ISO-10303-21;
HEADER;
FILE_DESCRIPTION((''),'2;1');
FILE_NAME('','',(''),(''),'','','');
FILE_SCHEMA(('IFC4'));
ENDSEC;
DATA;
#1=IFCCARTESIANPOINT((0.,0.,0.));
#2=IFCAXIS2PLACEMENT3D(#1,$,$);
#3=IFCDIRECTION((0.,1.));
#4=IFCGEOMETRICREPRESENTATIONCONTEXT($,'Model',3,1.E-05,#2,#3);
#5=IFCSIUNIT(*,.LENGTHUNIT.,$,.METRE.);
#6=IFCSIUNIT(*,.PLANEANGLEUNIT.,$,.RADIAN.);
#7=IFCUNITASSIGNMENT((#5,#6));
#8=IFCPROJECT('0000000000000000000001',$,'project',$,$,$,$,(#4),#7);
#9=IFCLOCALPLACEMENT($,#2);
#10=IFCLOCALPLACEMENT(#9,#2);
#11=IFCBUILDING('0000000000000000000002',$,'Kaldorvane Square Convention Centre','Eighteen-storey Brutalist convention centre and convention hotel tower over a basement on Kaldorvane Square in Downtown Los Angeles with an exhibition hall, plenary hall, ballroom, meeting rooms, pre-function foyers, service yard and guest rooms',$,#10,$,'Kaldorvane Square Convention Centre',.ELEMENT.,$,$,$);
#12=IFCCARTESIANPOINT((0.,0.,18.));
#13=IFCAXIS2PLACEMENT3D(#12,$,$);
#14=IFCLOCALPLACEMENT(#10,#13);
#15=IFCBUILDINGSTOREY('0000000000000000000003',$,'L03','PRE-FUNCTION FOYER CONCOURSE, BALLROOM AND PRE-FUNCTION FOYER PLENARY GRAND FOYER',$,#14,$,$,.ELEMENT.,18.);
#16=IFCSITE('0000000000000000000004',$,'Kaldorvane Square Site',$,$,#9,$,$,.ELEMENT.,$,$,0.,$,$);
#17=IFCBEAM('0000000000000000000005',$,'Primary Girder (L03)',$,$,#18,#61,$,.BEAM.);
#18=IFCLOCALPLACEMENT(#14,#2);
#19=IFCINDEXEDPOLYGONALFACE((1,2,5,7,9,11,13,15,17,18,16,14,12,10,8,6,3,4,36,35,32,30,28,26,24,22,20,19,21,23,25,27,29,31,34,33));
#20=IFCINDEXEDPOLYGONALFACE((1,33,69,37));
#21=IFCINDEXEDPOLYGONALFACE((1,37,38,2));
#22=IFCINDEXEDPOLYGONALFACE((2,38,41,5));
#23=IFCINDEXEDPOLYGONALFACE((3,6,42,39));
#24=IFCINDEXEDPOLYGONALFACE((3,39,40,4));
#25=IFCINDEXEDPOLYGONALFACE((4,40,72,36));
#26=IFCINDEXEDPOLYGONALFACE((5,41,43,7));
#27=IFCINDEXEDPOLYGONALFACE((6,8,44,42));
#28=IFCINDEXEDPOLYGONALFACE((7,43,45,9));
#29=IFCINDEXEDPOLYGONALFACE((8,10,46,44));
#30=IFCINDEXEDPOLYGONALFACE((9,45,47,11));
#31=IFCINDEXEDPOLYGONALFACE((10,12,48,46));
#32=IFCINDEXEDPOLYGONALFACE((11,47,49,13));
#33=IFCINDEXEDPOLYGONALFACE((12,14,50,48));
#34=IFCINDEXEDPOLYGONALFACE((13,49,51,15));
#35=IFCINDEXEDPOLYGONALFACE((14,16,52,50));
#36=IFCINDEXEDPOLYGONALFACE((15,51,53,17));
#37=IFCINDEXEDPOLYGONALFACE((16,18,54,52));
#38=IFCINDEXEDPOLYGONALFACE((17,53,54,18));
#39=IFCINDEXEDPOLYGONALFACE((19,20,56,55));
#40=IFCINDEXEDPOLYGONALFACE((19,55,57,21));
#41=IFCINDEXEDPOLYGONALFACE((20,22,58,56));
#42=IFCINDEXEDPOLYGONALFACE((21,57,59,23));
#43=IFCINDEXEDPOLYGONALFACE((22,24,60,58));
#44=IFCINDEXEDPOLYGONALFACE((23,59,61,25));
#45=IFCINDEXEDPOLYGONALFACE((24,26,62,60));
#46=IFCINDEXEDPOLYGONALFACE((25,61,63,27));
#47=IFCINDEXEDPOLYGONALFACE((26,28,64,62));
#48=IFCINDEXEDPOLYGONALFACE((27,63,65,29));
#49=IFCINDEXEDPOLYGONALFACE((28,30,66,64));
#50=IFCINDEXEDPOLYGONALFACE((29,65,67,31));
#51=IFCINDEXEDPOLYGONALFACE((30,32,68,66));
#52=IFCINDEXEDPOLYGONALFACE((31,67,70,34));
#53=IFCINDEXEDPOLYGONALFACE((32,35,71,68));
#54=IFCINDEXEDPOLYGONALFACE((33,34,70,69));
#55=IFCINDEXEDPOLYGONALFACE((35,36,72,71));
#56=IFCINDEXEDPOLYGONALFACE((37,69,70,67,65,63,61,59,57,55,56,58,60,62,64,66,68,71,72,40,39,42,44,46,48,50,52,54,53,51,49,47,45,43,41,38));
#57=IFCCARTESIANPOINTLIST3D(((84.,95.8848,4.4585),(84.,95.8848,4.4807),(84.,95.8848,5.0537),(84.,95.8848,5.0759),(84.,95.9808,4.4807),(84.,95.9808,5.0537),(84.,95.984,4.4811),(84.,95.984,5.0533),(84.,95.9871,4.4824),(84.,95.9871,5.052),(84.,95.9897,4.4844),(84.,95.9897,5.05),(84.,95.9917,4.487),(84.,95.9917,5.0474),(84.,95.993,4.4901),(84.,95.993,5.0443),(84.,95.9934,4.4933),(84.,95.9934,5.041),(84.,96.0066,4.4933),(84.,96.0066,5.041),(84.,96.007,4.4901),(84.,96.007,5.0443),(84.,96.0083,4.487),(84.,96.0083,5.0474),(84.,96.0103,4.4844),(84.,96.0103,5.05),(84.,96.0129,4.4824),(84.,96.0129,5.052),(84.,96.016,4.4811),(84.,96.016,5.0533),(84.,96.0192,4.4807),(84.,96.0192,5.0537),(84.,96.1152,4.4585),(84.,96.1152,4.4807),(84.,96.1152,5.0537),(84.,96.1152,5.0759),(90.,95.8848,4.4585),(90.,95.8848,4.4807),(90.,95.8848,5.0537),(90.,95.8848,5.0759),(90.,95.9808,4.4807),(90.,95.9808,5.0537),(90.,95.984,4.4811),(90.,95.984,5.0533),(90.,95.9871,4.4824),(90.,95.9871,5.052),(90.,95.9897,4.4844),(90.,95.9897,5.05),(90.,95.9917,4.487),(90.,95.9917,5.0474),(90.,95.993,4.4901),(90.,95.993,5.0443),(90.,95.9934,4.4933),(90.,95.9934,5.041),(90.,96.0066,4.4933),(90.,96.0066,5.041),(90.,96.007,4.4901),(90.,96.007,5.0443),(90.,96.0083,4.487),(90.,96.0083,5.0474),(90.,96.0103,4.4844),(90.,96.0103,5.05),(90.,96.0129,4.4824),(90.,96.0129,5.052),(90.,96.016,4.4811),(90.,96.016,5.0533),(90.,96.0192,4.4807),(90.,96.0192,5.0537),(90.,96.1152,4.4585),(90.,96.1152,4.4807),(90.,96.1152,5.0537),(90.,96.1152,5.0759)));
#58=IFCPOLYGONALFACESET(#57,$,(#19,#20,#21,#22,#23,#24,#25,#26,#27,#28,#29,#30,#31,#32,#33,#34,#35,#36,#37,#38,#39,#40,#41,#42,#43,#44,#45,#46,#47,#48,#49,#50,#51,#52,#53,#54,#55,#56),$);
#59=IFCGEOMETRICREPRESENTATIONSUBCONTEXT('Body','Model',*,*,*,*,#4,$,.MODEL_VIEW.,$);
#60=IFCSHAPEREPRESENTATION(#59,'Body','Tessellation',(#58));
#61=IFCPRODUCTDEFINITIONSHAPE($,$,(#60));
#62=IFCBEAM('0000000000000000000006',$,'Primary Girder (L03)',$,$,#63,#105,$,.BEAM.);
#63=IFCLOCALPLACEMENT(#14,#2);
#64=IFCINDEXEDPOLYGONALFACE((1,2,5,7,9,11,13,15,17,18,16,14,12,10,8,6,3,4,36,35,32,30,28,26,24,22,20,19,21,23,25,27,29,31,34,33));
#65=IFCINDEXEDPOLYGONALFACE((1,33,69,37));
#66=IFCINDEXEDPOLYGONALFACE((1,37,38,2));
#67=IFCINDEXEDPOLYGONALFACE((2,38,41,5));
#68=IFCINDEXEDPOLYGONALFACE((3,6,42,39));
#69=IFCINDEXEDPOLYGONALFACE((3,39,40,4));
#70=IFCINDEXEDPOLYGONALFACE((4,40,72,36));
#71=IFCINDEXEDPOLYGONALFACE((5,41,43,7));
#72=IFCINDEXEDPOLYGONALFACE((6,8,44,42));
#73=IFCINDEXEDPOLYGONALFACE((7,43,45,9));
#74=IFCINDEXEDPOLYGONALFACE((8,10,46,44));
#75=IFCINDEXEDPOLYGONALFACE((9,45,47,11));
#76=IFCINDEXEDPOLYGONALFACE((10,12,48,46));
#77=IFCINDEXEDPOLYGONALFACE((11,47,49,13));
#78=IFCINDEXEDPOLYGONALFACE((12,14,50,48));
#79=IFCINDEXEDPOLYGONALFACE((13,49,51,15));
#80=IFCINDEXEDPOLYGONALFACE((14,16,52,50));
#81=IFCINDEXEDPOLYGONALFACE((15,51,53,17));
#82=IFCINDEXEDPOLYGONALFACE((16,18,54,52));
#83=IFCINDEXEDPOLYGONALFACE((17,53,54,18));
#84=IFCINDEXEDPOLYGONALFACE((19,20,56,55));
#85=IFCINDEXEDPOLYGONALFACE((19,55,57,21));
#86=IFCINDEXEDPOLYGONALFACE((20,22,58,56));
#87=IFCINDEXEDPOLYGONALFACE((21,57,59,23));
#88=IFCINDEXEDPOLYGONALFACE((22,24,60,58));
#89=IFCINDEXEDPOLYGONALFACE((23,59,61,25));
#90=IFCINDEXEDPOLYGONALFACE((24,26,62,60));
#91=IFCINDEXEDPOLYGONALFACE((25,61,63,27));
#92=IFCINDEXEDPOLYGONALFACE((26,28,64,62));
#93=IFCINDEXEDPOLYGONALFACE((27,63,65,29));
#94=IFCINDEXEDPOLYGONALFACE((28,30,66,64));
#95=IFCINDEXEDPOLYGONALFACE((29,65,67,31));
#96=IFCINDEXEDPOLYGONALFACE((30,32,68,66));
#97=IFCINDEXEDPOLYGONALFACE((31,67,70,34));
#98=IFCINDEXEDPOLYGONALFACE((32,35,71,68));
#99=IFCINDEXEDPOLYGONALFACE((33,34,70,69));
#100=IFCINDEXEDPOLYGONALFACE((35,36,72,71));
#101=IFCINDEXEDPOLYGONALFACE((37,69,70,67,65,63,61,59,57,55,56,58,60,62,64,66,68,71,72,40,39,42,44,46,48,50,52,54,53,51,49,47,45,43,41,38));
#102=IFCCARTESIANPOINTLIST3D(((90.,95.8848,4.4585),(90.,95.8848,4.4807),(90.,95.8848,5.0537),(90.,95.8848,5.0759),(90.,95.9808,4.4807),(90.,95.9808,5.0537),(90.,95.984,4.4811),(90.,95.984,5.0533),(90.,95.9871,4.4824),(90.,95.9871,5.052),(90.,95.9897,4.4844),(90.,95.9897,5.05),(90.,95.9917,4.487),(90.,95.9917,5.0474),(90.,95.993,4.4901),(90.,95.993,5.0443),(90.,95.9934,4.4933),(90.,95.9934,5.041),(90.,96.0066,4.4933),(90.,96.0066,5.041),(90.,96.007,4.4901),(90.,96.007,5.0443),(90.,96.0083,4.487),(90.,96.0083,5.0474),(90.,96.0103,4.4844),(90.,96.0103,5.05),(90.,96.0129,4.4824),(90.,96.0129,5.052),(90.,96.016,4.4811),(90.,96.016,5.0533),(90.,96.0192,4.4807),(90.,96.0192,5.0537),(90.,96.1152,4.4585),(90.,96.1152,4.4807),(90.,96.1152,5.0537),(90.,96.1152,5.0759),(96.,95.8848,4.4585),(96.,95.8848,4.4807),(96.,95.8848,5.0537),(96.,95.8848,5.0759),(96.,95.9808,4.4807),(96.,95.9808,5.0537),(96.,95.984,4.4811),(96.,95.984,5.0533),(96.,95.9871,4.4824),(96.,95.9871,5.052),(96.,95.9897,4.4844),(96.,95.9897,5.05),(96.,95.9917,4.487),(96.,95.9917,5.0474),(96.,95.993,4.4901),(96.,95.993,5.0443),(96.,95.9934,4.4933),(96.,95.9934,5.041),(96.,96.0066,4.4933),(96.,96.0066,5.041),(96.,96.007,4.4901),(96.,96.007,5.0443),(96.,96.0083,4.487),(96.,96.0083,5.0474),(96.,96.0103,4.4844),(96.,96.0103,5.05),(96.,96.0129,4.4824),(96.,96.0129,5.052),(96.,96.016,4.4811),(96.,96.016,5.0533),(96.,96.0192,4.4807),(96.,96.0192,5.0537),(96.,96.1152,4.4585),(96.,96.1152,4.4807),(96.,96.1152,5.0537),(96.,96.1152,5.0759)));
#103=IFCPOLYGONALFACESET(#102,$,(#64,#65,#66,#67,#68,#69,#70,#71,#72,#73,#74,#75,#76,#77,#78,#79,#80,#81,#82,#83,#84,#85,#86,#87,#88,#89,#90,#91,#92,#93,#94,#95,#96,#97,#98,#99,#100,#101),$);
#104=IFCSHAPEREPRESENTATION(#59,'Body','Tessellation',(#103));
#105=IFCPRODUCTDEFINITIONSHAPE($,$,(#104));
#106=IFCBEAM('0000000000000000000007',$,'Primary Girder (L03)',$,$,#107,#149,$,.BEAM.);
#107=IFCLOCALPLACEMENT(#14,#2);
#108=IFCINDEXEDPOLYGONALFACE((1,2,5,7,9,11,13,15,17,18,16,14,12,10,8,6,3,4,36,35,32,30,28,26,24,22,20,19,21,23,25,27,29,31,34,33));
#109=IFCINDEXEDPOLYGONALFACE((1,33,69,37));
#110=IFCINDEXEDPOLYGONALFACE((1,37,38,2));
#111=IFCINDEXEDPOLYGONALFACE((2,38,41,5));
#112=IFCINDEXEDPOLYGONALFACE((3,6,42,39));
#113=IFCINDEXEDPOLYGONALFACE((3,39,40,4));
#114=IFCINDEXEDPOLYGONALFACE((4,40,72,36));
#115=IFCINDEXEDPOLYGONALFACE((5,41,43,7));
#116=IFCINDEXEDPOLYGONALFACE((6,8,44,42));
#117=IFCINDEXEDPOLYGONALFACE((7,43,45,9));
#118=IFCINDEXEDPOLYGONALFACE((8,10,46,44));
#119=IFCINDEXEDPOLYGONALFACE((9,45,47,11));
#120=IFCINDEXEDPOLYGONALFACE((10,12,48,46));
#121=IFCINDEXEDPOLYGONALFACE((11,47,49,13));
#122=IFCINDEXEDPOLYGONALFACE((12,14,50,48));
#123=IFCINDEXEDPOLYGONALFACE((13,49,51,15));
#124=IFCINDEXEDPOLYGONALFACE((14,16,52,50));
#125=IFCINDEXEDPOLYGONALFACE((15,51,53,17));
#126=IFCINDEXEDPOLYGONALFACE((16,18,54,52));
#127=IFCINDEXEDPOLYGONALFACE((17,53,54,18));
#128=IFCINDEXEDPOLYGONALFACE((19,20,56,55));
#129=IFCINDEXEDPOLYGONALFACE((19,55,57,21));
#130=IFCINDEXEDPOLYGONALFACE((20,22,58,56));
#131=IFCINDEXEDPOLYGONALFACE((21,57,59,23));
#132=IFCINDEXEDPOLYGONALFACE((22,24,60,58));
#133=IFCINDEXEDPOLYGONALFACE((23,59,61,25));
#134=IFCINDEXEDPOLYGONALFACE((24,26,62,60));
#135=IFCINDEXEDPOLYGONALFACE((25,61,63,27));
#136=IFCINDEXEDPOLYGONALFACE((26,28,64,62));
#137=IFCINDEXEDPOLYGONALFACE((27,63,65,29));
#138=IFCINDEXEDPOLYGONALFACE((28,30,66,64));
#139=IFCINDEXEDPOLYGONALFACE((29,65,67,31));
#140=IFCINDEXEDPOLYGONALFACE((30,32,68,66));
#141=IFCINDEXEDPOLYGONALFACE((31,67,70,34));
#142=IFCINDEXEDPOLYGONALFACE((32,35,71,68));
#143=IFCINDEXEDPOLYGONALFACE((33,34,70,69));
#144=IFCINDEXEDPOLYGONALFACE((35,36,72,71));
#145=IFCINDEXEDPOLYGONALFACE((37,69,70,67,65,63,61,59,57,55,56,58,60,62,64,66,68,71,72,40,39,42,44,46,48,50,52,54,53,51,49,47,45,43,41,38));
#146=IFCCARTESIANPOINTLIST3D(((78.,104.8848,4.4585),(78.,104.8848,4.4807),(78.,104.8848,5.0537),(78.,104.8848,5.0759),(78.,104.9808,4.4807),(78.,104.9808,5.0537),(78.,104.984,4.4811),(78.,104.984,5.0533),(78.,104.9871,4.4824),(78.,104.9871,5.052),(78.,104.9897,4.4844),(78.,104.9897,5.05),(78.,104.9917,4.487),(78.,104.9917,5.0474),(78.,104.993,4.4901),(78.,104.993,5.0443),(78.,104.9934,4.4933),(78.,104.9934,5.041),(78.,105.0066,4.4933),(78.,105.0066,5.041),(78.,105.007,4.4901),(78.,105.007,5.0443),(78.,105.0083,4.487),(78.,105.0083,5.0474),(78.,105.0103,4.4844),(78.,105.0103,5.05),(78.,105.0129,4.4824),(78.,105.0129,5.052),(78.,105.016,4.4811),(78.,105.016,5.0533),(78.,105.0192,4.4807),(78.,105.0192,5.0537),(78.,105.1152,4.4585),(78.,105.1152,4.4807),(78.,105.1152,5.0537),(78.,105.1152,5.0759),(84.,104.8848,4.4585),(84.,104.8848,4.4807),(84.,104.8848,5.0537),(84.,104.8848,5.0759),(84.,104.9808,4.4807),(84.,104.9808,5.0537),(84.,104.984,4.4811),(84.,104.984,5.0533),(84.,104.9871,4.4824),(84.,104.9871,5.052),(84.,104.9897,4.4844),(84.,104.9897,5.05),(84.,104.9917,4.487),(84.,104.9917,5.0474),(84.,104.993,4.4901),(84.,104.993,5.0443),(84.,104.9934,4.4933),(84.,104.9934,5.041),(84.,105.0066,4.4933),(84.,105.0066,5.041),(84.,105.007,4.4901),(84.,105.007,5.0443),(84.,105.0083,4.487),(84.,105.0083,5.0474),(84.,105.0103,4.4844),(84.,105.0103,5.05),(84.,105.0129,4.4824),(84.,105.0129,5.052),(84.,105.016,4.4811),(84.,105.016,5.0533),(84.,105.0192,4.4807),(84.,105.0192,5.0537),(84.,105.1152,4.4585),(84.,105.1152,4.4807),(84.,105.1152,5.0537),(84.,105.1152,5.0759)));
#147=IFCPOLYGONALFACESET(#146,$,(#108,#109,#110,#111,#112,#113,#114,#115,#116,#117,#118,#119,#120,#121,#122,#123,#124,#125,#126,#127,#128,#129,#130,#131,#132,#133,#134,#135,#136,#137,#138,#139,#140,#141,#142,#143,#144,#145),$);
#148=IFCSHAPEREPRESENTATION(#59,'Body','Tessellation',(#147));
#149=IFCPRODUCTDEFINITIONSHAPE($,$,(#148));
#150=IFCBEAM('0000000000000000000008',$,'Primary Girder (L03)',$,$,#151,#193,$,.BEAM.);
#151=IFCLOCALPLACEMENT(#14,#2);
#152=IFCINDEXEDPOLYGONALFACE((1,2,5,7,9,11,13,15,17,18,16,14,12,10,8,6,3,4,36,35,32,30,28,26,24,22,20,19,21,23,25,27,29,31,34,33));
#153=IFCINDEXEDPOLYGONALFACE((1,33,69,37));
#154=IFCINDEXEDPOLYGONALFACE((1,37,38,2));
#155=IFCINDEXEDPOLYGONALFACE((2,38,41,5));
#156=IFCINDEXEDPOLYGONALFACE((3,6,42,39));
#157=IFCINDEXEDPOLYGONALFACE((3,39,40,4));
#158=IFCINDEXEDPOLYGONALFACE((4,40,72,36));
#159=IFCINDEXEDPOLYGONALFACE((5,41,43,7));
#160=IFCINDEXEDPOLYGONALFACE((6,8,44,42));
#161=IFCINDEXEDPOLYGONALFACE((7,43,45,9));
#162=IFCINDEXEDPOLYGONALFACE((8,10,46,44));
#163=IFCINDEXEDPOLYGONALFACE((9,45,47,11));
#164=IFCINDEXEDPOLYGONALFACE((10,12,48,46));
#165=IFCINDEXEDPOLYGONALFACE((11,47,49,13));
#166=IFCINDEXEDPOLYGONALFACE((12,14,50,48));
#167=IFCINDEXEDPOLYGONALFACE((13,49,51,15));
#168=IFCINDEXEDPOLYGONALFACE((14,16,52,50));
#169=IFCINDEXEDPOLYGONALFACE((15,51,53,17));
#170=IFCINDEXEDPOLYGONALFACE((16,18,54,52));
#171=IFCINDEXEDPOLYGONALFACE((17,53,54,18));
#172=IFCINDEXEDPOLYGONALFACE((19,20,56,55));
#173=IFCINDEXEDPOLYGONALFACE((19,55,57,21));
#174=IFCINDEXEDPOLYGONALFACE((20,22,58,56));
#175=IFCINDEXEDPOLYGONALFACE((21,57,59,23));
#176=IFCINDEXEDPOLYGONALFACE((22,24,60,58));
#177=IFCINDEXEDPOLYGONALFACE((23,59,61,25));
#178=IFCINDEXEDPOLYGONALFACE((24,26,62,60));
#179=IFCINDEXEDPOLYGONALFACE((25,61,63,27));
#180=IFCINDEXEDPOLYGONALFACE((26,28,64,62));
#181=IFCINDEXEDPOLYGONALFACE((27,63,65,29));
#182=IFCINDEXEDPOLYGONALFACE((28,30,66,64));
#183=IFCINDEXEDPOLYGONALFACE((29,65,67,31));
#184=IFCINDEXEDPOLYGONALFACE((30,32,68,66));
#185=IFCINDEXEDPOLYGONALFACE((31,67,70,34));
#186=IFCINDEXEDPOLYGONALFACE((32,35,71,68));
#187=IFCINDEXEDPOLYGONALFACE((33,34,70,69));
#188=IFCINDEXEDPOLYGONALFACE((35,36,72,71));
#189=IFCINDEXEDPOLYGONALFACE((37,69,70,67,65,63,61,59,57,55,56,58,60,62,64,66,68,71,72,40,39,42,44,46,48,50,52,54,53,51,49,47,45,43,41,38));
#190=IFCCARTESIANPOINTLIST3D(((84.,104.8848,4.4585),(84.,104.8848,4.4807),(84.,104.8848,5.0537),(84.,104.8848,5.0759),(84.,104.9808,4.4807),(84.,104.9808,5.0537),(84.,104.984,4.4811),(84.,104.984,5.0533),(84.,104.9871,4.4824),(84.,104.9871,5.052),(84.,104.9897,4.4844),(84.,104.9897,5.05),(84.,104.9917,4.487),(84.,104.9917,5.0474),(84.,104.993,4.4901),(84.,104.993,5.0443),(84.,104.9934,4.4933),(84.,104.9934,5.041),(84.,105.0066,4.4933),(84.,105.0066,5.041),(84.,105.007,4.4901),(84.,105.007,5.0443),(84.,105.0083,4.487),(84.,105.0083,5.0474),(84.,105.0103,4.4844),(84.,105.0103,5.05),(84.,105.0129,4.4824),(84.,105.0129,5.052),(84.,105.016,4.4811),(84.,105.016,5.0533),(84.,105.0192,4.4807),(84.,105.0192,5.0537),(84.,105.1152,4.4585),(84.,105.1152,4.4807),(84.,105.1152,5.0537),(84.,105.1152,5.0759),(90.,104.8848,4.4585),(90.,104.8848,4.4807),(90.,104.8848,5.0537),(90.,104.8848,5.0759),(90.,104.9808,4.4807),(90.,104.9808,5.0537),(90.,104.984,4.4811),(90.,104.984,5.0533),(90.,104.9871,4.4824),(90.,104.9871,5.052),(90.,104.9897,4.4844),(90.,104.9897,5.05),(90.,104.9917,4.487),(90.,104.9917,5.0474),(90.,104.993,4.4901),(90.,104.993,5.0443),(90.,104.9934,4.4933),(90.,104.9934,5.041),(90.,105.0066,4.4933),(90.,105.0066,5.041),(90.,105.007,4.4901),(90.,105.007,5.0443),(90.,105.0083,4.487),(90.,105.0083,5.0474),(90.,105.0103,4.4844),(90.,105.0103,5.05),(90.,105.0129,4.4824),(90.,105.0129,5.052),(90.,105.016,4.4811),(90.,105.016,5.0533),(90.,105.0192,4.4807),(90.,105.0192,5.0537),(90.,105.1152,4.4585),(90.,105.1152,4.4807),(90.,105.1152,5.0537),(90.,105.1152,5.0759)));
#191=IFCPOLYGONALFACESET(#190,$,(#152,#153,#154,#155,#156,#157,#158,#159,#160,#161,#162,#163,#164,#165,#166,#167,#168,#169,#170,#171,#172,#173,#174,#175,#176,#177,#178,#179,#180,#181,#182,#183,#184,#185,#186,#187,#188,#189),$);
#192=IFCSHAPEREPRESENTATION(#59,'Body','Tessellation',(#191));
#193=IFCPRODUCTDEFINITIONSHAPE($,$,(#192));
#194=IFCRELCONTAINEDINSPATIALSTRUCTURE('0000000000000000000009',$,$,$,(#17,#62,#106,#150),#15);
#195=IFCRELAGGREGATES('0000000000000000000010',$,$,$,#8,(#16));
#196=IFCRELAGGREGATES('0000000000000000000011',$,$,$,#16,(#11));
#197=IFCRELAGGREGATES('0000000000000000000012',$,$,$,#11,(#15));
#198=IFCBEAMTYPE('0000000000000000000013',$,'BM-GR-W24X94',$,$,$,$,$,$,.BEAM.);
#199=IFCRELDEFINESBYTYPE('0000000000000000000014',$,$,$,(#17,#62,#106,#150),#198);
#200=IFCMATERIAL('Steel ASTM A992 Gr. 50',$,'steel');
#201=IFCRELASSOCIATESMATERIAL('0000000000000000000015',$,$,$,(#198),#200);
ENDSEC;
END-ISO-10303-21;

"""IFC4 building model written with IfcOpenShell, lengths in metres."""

from ifc_helpers import new_model, si_unit, direction, frame, origin, origin_2d, place, context, subcontext, project, spatial, i_section, extrude, material, material_profile, profile_set, type_object, element, save


model = new_model("IFC4")

# Units and contexts
model_context = context("Model", 3, precision=1e-05, world=origin(), true_north=direction((0.0, 1.0)))
body_context = subcontext(model_context, "Body", "Model", "MODEL_VIEW")
ifc_project = project(units=[si_unit("LENGTHUNIT", "METRE"), si_unit("PLANEANGLEUNIT", "RADIAN")], contexts=[model_context])

# Site, building, storey
site_placement = place(None, origin())
site = spatial("IfcSite", under=ifc_project, at=site_placement, Name="Kaldorvane Square Site", CompositionType="ELEMENT", RefElevation=0.0)
building_placement = place(site_placement, origin())
building = spatial("IfcBuilding", under=site, at=building_placement, Name="Kaldorvane Square Convention Centre", Description="Eighteen-storey Brutalist convention centre and convention hotel tower over a basement on Kaldorvane Square in Downtown Los Angeles with an exhibition hall, plenary hall, ballroom, meeting rooms, pre-function foyers, service yard and guest rooms", LongName="Kaldorvane Square Convention Centre", CompositionType="ELEMENT")
storey_placement = place(building_placement, frame((0.0, 0.0, 18.0)))
storey = spatial("IfcBuildingStorey", under=building, at=storey_placement, Name="L03", Description="PRE-FUNCTION FOYER CONCOURSE, BALLROOM AND PRE-FUNCTION FOYER PLENARY GRAND FOYER", CompositionType="ELEMENT", Elevation=18.0)

# Shared definitions
ifc_material_1 = material(Name="Steel ASTM A992 Gr. 50", Category="steel")

# Beams
ifc_material_profile_1 = material_profile(ifc_material_1, i_section(OverallWidth=0.2303, OverallDepth=0.6175, WebThickness=0.0131, FlangeThickness=0.0222, FilletRadius=0.0127, at=origin_2d()), Name="W24X94")
ifc_profile_set_1 = profile_set([ifc_material_profile_1], Name="Steel ASTM A992 Gr. 50")
beam_type_1 = type_object("IfcBeamType", Name="BM-GR-W24X94", PredefinedType="BEAM", material=ifc_profile_set_1)
for number, where, z_axis, x_axis, name in (
    (1, (84.0, 96.0, 4.7672), (1.0, 0.0, 0.0), (0.0, 1.0, 0.0), "Primary Girder (L03)"),
    (2, (90.0, 96.0, 4.7672), (1.0, 0.0, 0.0), (0.0, 1.0, 0.0), "Primary Girder (L03)"),
    (3, (78.0, 105.0, 4.7672), (1.0, 0.0, 0.0), (0.0, 1.0, 0.0), "Primary Girder (L03)"),
    (4, (84.0, 105.0, 4.7672), (1.0, 0.0, 0.0), (0.0, 1.0, 0.0), "Primary Girder (L03)"),
):
    element("IfcBeam", number, at=place(storey_placement, frame(where, z_axis=z_axis, x_axis=x_axis)), inside=storey, type_object=beam_type_1, Name=name, PredefinedType="BEAM", context=body_context, shape_type="SweptSolid", body=[
        extrude(i_section(OverallWidth=0.2303, OverallDepth=0.6175, WebThickness=0.0131, FlangeThickness=0.0222, FilletRadius=0.0127, at=origin_2d()), origin(), (0.0, 0.0, 1.0), 6.0),
    ])

save(model, "model.ifc")
